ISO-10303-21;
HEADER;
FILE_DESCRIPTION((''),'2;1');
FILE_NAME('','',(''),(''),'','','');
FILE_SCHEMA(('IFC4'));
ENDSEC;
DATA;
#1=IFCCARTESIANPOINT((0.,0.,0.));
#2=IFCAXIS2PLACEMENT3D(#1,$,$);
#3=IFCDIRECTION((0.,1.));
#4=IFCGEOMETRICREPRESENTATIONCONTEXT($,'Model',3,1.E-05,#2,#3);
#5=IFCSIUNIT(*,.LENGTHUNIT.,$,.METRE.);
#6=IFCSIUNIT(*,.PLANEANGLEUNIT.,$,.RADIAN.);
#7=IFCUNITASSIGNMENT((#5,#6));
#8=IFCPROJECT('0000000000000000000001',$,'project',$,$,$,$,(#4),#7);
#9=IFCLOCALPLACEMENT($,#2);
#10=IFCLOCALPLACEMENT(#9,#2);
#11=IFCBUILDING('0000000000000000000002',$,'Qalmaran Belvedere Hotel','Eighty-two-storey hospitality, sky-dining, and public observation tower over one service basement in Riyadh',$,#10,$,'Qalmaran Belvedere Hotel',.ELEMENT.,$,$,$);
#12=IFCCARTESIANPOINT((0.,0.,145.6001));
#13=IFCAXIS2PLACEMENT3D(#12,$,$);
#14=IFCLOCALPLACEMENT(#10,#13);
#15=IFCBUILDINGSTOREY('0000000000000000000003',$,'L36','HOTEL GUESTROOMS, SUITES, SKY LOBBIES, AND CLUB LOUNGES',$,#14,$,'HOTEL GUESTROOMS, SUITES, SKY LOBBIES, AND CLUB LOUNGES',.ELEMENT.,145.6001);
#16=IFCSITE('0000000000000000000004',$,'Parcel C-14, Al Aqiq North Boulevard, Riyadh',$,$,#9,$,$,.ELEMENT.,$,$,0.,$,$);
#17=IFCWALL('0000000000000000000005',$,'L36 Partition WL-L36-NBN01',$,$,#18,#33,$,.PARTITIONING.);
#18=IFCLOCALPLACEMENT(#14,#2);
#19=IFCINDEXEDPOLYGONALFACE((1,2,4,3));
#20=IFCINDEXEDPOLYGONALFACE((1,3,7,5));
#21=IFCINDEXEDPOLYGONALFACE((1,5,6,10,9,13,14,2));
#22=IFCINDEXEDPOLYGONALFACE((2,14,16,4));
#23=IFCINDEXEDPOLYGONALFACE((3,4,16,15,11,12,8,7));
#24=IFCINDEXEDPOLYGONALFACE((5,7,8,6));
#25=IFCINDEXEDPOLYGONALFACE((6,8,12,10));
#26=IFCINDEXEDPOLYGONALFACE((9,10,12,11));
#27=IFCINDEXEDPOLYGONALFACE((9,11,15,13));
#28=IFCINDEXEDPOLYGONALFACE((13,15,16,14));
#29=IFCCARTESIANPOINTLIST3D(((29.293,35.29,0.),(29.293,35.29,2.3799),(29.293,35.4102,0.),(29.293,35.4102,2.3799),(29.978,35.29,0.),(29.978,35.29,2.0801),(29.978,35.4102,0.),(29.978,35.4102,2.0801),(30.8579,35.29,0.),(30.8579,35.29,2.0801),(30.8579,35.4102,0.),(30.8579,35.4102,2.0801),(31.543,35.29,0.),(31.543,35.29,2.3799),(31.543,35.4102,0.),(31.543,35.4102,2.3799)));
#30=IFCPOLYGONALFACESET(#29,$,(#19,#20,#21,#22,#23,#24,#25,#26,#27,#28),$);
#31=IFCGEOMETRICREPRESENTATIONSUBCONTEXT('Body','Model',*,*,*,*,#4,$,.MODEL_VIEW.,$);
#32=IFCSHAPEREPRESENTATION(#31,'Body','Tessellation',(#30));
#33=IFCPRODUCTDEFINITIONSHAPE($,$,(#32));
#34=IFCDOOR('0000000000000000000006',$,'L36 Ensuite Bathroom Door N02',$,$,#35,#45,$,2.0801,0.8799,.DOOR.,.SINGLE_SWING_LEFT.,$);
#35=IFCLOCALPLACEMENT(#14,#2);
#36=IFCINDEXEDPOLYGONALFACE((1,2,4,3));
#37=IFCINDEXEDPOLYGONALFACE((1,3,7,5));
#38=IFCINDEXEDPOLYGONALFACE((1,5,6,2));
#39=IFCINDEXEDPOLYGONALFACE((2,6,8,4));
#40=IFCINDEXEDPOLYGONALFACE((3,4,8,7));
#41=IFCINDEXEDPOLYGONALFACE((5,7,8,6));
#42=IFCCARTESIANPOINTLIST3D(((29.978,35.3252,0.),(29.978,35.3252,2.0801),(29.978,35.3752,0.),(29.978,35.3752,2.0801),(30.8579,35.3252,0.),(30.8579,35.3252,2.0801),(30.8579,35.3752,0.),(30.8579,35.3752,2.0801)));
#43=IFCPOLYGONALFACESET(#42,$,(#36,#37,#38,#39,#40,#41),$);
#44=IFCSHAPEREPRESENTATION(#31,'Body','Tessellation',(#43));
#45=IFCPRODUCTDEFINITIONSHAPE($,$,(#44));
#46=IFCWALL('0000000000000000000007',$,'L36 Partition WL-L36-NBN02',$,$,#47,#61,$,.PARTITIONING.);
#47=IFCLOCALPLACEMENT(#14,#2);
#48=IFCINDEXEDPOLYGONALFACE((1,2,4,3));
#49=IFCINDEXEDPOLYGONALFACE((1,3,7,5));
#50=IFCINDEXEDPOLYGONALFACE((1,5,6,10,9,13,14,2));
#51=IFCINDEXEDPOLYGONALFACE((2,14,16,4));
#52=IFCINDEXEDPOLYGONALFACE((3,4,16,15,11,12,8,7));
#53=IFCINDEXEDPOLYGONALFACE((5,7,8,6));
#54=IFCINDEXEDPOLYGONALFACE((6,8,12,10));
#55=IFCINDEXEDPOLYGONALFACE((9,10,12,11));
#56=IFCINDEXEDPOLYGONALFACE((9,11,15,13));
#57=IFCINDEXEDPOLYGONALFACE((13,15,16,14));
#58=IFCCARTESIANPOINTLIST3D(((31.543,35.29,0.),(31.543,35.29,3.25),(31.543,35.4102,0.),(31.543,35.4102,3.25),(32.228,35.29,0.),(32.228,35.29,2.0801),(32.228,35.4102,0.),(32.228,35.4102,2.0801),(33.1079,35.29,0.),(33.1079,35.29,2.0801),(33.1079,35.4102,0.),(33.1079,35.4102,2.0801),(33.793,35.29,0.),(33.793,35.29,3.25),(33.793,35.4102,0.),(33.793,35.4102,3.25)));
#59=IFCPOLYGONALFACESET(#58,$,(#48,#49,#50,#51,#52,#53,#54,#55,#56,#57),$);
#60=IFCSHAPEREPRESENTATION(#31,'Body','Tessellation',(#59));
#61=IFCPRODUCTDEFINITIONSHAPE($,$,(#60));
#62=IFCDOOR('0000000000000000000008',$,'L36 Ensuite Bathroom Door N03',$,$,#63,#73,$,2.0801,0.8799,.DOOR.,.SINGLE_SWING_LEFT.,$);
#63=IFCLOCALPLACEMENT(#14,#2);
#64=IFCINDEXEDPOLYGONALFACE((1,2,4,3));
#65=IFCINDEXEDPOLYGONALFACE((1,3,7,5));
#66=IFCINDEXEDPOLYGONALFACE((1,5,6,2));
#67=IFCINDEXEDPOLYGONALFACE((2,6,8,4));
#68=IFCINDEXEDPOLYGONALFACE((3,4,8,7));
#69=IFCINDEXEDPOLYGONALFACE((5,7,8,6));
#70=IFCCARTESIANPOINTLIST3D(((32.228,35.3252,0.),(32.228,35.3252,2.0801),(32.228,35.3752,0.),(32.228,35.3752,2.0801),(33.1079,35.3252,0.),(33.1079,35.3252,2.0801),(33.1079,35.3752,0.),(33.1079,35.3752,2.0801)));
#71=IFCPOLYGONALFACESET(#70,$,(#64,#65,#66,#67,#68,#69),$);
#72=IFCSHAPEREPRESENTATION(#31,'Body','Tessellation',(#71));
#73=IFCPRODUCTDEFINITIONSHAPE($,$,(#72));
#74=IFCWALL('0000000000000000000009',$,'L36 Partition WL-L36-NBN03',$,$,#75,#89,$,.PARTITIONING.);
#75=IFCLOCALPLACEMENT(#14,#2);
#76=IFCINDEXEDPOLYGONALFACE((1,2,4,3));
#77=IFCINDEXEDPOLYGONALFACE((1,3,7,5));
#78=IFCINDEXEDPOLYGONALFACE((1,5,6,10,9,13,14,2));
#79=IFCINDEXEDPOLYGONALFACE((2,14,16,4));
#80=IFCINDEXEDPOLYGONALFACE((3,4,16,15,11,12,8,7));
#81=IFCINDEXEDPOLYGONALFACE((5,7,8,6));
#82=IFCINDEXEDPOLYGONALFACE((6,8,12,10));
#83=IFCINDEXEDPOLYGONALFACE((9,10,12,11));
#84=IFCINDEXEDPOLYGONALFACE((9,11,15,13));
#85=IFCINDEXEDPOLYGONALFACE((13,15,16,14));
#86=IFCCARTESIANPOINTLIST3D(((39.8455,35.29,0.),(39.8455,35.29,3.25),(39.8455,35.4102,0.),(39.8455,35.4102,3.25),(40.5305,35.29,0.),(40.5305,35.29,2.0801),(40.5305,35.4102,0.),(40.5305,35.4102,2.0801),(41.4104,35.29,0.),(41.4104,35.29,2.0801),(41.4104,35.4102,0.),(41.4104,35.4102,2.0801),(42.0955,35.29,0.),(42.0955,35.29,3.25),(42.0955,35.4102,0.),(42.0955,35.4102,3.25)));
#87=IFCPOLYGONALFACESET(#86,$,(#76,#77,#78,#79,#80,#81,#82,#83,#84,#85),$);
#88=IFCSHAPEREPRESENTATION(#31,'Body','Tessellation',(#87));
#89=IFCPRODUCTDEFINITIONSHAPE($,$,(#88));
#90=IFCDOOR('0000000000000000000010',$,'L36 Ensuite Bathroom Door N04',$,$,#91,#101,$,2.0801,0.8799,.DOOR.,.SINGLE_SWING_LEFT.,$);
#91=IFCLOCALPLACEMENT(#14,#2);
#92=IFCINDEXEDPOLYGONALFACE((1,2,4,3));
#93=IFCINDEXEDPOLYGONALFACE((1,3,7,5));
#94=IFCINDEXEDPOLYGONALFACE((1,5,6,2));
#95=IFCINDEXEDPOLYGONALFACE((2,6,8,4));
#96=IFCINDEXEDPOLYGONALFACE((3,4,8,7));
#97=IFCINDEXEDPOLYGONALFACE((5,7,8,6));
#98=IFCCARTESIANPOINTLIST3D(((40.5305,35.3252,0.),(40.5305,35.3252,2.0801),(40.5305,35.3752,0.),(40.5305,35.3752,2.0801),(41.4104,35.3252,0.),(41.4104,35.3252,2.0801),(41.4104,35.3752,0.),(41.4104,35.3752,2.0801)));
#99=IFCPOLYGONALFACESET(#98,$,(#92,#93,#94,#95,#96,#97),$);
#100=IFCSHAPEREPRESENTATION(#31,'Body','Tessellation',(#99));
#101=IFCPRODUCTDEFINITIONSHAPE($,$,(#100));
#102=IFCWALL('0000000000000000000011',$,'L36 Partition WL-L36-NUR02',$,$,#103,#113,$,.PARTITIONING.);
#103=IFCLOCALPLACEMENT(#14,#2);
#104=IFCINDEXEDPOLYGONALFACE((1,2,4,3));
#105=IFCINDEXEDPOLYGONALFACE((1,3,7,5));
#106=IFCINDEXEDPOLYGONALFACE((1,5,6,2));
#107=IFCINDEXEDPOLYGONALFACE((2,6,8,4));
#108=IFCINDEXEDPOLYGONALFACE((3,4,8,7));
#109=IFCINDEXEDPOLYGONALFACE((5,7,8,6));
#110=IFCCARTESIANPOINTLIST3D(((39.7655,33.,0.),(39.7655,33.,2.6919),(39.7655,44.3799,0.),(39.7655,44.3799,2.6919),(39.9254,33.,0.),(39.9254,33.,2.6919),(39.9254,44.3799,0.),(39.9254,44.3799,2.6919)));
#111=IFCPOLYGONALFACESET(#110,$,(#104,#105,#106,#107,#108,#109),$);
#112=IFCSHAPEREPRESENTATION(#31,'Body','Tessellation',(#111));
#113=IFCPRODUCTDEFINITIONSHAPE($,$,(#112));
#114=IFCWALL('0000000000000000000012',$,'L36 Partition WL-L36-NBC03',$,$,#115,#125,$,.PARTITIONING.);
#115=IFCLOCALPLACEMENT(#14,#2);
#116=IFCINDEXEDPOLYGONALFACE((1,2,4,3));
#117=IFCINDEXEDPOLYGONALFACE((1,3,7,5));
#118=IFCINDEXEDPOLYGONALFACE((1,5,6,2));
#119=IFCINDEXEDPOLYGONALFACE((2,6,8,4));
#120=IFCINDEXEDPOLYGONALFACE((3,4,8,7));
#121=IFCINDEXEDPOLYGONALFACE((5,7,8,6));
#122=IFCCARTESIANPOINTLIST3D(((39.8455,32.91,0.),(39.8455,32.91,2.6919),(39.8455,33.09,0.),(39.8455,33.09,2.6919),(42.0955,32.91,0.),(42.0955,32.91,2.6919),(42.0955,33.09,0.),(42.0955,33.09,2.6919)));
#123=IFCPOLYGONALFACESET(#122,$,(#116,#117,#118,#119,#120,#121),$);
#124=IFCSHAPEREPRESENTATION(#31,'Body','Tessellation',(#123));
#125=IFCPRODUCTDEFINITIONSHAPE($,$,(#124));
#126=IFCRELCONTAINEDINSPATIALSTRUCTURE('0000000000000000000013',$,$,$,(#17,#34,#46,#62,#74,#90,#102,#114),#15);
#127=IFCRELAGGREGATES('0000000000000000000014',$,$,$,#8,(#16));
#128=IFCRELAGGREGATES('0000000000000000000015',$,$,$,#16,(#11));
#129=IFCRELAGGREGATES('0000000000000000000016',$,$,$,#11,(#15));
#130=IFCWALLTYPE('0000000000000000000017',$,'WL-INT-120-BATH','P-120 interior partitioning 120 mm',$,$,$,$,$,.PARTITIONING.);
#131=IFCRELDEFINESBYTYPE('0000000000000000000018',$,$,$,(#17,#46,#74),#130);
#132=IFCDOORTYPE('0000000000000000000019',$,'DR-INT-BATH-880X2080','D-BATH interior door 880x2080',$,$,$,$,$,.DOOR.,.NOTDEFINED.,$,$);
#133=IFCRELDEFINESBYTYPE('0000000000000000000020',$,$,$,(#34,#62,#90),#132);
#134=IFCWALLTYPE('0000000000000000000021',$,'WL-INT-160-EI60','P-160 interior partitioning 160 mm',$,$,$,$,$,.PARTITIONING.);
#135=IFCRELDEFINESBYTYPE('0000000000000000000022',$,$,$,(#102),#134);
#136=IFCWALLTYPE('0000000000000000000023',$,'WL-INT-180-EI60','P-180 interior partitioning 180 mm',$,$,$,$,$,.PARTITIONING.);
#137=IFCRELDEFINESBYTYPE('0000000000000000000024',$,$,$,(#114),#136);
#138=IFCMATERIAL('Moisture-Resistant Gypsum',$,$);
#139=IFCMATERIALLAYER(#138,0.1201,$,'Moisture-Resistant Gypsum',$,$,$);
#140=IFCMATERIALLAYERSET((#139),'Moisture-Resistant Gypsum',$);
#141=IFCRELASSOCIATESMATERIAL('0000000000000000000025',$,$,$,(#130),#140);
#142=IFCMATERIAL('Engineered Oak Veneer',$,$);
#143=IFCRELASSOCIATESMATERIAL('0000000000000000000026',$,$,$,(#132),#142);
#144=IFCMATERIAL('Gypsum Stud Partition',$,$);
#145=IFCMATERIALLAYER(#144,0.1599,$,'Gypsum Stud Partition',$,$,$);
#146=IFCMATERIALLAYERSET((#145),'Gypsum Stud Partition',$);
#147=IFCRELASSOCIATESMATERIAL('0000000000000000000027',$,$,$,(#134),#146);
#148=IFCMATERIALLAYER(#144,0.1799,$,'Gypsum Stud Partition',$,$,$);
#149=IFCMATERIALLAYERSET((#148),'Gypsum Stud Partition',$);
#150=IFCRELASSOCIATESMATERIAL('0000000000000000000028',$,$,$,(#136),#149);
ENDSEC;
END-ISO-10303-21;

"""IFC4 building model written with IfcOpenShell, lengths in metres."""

from ifc_helpers import new_model, si_unit, direction, frame, frame_2d, origin, place, context, subcontext, project, spatial, rectangle, extrude, material, layer, layer_set, type_object, element, fill, save


model = new_model("IFC4")

# Units and contexts
model_context = context("Model", 3, precision=1e-05, world=origin(), true_north=direction((0.0, 1.0)))
body_context = subcontext(model_context, "Body", "Model", "MODEL_VIEW")
ifc_project = project(units=[si_unit("LENGTHUNIT", "METRE"), si_unit("PLANEANGLEUNIT", "RADIAN")], contexts=[model_context])

# Site, building, storey
site_placement = place(None, origin())
site = spatial("IfcSite", under=ifc_project, at=site_placement, Name="Parcel C-14, Al Aqiq North Boulevard, Riyadh", CompositionType="ELEMENT", RefElevation=0.0)
building_placement = place(site_placement, origin())
building = spatial("IfcBuilding", under=site, at=building_placement, Name="Qalmaran Belvedere Hotel", Description="Eighty-two-storey hospitality, sky-dining, and public observation tower over one service basement in Riyadh", LongName="Qalmaran Belvedere Hotel", CompositionType="ELEMENT")
storey_placement = place(building_placement, frame((0.0, 0.0, 145.6001)))
storey = spatial("IfcBuildingStorey", under=building, at=storey_placement, Name="L36", Description="HOTEL GUESTROOMS, SUITES, SKY LOBBIES, AND CLUB LOUNGES", LongName="HOTEL GUESTROOMS, SUITES, SKY LOBBIES, AND CLUB LOUNGES", CompositionType="ELEMENT", Elevation=145.6001)

# Walls, openings, doors
ifc_material_1 = material(Name="Moisture-Resistant Gypsum")
ifc_layer_1 = layer(ifc_material_1, 0.1201, Name="Moisture-Resistant Gypsum")
ifc_layer_set_1 = layer_set([ifc_layer_1], Name="Moisture-Resistant Gypsum")
wall_type_1 = type_object("IfcWallType", Name="WL-INT-120-BATH", Description="P-120 interior partitioning 120 mm", PredefinedType="PARTITIONING", material=ifc_layer_set_1)
wall_1_placement = place(storey_placement, frame((29.293, 35.3501, 0.0), z_axis=(0.0, 0.0, 1.0), x_axis=(1.0, 0.0, 0.0)))
wall_1 = element("IfcWall", 1, at=wall_1_placement, inside=storey, type_object=wall_type_1, Name="L36 Partition WL-L36-NBN01", PredefinedType="PARTITIONING", context=body_context, shape_type="SweptSolid", body=[
    extrude(rectangle(XDim=2.25, YDim=0.1201, at=frame_2d((1.125, 0.0))), origin(), (0.0, 0.0, 1.0), 2.3799),
])
opening_1_placement = place(wall_1_placement, frame((1.5649, 0.0, 0.0), z_axis=(0.0, 0.0, 1.0), x_axis=(-1.0, 0.0, 0.0)))
opening_1 = element("IfcOpeningElement", 2, at=opening_1_placement, cuts=wall_1, PredefinedType="OPENING", context=body_context, shape_type="SweptSolid", body=[
    extrude(rectangle(XDim=0.8799, YDim=2.0801, at=frame_2d((0.4399, 1.04))), frame((0.0, 0.0701, 0.0), z_axis=(0.0, -1.0, 0.0), x_axis=(1.0, 0.0, 0.0)), (0.0, 0.0, 1.0), 0.1401),
])
ifc_material_2 = material(Name="Engineered Oak Veneer")
door_type_1 = type_object("IfcDoorType", Name="DR-INT-BATH-880X2080", Description="D-BATH interior door 880x2080", OperationType="NOTDEFINED", PredefinedType="DOOR", material=ifc_material_2)
door_1_placement = place(opening_1_placement, origin())
door_1 = element("IfcDoor", 3, at=door_1_placement, inside=storey, type_object=door_type_1, Name="L36 Ensuite Bathroom Door N02", OperationType="SINGLE_SWING_LEFT", OverallHeight=2.0801, OverallWidth=0.8799, PredefinedType="DOOR", context=body_context, shape_type="SweptSolid", body=[
    extrude(rectangle(XDim=0.8799, YDim=2.0801, at=frame_2d((0.4399, 1.04))), frame((0.0, 0.0249, 0.0), z_axis=(0.0, -1.0, 0.0), x_axis=(1.0, 0.0, 0.0)), (0.0, 0.0, 1.0), 0.05),
])
fill(opening_1, door_1)
wall_2_placement = place(storey_placement, frame((31.543, 35.3501, 0.0), z_axis=(0.0, 0.0, 1.0), x_axis=(1.0, 0.0, 0.0)))
wall_2 = element("IfcWall", 4, at=wall_2_placement, inside=storey, type_object=wall_type_1, Name="L36 Partition WL-L36-NBN02", PredefinedType="PARTITIONING", context=body_context, shape_type="SweptSolid", body=[
    extrude(rectangle(XDim=2.25, YDim=0.1201, at=frame_2d((1.125, 0.0))), origin(), (0.0, 0.0, 1.0), 3.25),
])
opening_2_placement = place(wall_2_placement, frame((1.5649, 0.0, 0.0), z_axis=(0.0, 0.0, 1.0), x_axis=(-1.0, 0.0, 0.0)))
opening_2 = element("IfcOpeningElement", 5, at=opening_2_placement, cuts=wall_2, PredefinedType="OPENING", context=body_context, shape_type="SweptSolid", body=[
    extrude(rectangle(XDim=0.8799, YDim=2.0801, at=frame_2d((0.4399, 1.04))), frame((0.0, 0.0701, 0.0), z_axis=(0.0, -1.0, 0.0), x_axis=(1.0, 0.0, 0.0)), (0.0, 0.0, 1.0), 0.1401),
])
door_2_placement = place(opening_2_placement, origin())
door_2 = element("IfcDoor", 6, at=door_2_placement, inside=storey, type_object=door_type_1, Name="L36 Ensuite Bathroom Door N03", OperationType="SINGLE_SWING_LEFT", OverallHeight=2.0801, OverallWidth=0.8799, PredefinedType="DOOR", context=body_context, shape_type="SweptSolid", body=[
    extrude(rectangle(XDim=0.8799, YDim=2.0801, at=frame_2d((0.4399, 1.04))), frame((0.0, 0.0249, 0.0), z_axis=(0.0, -1.0, 0.0), x_axis=(1.0, 0.0, 0.0)), (0.0, 0.0, 1.0), 0.05),
])
fill(opening_2, door_2)
wall_3_placement = place(storey_placement, frame((39.8455, 35.3501, 0.0), z_axis=(0.0, 0.0, 1.0), x_axis=(1.0, 0.0, 0.0)))
wall_3 = element("IfcWall", 7, at=wall_3_placement, inside=storey, type_object=wall_type_1, Name="L36 Partition WL-L36-NBN03", PredefinedType="PARTITIONING", context=body_context, shape_type="SweptSolid", body=[
    extrude(rectangle(XDim=2.25, YDim=0.1201, at=frame_2d((1.125, 0.0))), origin(), (0.0, 0.0, 1.0), 3.25),
])
opening_3_placement = place(wall_3_placement, frame((1.5649, 0.0, 0.0), z_axis=(0.0, 0.0, 1.0), x_axis=(-1.0, 0.0, 0.0)))
opening_3 = element("IfcOpeningElement", 8, at=opening_3_placement, cuts=wall_3, PredefinedType="OPENING", context=body_context, shape_type="SweptSolid", body=[
    extrude(rectangle(XDim=0.8799, YDim=2.0801, at=frame_2d((0.4399, 1.04))), frame((0.0, 0.0701, 0.0), z_axis=(0.0, -1.0, 0.0), x_axis=(1.0, 0.0, 0.0)), (0.0, 0.0, 1.0), 0.1401),
])
door_3_placement = place(opening_3_placement, origin())
door_3 = element("IfcDoor", 9, at=door_3_placement, inside=storey, type_object=door_type_1, Name="L36 Ensuite Bathroom Door N04", OperationType="SINGLE_SWING_LEFT", OverallHeight=2.0801, OverallWidth=0.8799, PredefinedType="DOOR", context=body_context, shape_type="SweptSolid", body=[
    extrude(rectangle(XDim=0.8799, YDim=2.0801, at=frame_2d((0.4399, 1.04))), frame((0.0, 0.0249, 0.0), z_axis=(0.0, -1.0, 0.0), x_axis=(1.0, 0.0, 0.0)), (0.0, 0.0, 1.0), 0.05),
])
fill(opening_3, door_3)

# Walls
ifc_material_3 = material(Name="Gypsum Stud Partition")
ifc_layer_2 = layer(ifc_material_3, 0.1599, Name="Gypsum Stud Partition")
ifc_layer_set_2 = layer_set([ifc_layer_2], Name="Gypsum Stud Partition")
wall_type_2 = type_object("IfcWallType", Name="WL-INT-160-EI60", Description="P-160 interior partitioning 160 mm", PredefinedType="PARTITIONING", material=ifc_layer_set_2)
wall_4_placement = place(storey_placement, frame((39.8455, 33.0, 0.0), z_axis=(0.0, 0.0, 1.0), x_axis=(0.0, 1.0, 0.0)))
element("IfcWall", 10, at=wall_4_placement, inside=storey, type_object=wall_type_2, Name="L36 Partition WL-L36-NUR02", PredefinedType="PARTITIONING", context=body_context, shape_type="SweptSolid", body=[
    extrude(rectangle(XDim=11.3799, YDim=0.1599, at=frame_2d((5.6899, 0.0))), origin(), (0.0, 0.0, 1.0), 2.6919),
])
ifc_layer_3 = layer(ifc_material_3, 0.1799, Name="Gypsum Stud Partition")
ifc_layer_set_3 = layer_set([ifc_layer_3], Name="Gypsum Stud Partition")
wall_type_3 = type_object("IfcWallType", Name="WL-INT-180-EI60", Description="P-180 interior partitioning 180 mm", PredefinedType="PARTITIONING", material=ifc_layer_set_3)
wall_5_placement = place(storey_placement, frame((39.8455, 33.0, 0.0), z_axis=(0.0, 0.0, 1.0), x_axis=(1.0, 0.0, 0.0)))
element("IfcWall", 11, at=wall_5_placement, inside=storey, type_object=wall_type_3, Name="L36 Partition WL-L36-NBC03", PredefinedType="PARTITIONING", context=body_context, shape_type="SweptSolid", body=[
    extrude(rectangle(XDim=2.25, YDim=0.1799, at=frame_2d((1.125, 0.0))), origin(), (0.0, 0.0, 1.0), 2.6919),
])

save(model, "model.ifc")
